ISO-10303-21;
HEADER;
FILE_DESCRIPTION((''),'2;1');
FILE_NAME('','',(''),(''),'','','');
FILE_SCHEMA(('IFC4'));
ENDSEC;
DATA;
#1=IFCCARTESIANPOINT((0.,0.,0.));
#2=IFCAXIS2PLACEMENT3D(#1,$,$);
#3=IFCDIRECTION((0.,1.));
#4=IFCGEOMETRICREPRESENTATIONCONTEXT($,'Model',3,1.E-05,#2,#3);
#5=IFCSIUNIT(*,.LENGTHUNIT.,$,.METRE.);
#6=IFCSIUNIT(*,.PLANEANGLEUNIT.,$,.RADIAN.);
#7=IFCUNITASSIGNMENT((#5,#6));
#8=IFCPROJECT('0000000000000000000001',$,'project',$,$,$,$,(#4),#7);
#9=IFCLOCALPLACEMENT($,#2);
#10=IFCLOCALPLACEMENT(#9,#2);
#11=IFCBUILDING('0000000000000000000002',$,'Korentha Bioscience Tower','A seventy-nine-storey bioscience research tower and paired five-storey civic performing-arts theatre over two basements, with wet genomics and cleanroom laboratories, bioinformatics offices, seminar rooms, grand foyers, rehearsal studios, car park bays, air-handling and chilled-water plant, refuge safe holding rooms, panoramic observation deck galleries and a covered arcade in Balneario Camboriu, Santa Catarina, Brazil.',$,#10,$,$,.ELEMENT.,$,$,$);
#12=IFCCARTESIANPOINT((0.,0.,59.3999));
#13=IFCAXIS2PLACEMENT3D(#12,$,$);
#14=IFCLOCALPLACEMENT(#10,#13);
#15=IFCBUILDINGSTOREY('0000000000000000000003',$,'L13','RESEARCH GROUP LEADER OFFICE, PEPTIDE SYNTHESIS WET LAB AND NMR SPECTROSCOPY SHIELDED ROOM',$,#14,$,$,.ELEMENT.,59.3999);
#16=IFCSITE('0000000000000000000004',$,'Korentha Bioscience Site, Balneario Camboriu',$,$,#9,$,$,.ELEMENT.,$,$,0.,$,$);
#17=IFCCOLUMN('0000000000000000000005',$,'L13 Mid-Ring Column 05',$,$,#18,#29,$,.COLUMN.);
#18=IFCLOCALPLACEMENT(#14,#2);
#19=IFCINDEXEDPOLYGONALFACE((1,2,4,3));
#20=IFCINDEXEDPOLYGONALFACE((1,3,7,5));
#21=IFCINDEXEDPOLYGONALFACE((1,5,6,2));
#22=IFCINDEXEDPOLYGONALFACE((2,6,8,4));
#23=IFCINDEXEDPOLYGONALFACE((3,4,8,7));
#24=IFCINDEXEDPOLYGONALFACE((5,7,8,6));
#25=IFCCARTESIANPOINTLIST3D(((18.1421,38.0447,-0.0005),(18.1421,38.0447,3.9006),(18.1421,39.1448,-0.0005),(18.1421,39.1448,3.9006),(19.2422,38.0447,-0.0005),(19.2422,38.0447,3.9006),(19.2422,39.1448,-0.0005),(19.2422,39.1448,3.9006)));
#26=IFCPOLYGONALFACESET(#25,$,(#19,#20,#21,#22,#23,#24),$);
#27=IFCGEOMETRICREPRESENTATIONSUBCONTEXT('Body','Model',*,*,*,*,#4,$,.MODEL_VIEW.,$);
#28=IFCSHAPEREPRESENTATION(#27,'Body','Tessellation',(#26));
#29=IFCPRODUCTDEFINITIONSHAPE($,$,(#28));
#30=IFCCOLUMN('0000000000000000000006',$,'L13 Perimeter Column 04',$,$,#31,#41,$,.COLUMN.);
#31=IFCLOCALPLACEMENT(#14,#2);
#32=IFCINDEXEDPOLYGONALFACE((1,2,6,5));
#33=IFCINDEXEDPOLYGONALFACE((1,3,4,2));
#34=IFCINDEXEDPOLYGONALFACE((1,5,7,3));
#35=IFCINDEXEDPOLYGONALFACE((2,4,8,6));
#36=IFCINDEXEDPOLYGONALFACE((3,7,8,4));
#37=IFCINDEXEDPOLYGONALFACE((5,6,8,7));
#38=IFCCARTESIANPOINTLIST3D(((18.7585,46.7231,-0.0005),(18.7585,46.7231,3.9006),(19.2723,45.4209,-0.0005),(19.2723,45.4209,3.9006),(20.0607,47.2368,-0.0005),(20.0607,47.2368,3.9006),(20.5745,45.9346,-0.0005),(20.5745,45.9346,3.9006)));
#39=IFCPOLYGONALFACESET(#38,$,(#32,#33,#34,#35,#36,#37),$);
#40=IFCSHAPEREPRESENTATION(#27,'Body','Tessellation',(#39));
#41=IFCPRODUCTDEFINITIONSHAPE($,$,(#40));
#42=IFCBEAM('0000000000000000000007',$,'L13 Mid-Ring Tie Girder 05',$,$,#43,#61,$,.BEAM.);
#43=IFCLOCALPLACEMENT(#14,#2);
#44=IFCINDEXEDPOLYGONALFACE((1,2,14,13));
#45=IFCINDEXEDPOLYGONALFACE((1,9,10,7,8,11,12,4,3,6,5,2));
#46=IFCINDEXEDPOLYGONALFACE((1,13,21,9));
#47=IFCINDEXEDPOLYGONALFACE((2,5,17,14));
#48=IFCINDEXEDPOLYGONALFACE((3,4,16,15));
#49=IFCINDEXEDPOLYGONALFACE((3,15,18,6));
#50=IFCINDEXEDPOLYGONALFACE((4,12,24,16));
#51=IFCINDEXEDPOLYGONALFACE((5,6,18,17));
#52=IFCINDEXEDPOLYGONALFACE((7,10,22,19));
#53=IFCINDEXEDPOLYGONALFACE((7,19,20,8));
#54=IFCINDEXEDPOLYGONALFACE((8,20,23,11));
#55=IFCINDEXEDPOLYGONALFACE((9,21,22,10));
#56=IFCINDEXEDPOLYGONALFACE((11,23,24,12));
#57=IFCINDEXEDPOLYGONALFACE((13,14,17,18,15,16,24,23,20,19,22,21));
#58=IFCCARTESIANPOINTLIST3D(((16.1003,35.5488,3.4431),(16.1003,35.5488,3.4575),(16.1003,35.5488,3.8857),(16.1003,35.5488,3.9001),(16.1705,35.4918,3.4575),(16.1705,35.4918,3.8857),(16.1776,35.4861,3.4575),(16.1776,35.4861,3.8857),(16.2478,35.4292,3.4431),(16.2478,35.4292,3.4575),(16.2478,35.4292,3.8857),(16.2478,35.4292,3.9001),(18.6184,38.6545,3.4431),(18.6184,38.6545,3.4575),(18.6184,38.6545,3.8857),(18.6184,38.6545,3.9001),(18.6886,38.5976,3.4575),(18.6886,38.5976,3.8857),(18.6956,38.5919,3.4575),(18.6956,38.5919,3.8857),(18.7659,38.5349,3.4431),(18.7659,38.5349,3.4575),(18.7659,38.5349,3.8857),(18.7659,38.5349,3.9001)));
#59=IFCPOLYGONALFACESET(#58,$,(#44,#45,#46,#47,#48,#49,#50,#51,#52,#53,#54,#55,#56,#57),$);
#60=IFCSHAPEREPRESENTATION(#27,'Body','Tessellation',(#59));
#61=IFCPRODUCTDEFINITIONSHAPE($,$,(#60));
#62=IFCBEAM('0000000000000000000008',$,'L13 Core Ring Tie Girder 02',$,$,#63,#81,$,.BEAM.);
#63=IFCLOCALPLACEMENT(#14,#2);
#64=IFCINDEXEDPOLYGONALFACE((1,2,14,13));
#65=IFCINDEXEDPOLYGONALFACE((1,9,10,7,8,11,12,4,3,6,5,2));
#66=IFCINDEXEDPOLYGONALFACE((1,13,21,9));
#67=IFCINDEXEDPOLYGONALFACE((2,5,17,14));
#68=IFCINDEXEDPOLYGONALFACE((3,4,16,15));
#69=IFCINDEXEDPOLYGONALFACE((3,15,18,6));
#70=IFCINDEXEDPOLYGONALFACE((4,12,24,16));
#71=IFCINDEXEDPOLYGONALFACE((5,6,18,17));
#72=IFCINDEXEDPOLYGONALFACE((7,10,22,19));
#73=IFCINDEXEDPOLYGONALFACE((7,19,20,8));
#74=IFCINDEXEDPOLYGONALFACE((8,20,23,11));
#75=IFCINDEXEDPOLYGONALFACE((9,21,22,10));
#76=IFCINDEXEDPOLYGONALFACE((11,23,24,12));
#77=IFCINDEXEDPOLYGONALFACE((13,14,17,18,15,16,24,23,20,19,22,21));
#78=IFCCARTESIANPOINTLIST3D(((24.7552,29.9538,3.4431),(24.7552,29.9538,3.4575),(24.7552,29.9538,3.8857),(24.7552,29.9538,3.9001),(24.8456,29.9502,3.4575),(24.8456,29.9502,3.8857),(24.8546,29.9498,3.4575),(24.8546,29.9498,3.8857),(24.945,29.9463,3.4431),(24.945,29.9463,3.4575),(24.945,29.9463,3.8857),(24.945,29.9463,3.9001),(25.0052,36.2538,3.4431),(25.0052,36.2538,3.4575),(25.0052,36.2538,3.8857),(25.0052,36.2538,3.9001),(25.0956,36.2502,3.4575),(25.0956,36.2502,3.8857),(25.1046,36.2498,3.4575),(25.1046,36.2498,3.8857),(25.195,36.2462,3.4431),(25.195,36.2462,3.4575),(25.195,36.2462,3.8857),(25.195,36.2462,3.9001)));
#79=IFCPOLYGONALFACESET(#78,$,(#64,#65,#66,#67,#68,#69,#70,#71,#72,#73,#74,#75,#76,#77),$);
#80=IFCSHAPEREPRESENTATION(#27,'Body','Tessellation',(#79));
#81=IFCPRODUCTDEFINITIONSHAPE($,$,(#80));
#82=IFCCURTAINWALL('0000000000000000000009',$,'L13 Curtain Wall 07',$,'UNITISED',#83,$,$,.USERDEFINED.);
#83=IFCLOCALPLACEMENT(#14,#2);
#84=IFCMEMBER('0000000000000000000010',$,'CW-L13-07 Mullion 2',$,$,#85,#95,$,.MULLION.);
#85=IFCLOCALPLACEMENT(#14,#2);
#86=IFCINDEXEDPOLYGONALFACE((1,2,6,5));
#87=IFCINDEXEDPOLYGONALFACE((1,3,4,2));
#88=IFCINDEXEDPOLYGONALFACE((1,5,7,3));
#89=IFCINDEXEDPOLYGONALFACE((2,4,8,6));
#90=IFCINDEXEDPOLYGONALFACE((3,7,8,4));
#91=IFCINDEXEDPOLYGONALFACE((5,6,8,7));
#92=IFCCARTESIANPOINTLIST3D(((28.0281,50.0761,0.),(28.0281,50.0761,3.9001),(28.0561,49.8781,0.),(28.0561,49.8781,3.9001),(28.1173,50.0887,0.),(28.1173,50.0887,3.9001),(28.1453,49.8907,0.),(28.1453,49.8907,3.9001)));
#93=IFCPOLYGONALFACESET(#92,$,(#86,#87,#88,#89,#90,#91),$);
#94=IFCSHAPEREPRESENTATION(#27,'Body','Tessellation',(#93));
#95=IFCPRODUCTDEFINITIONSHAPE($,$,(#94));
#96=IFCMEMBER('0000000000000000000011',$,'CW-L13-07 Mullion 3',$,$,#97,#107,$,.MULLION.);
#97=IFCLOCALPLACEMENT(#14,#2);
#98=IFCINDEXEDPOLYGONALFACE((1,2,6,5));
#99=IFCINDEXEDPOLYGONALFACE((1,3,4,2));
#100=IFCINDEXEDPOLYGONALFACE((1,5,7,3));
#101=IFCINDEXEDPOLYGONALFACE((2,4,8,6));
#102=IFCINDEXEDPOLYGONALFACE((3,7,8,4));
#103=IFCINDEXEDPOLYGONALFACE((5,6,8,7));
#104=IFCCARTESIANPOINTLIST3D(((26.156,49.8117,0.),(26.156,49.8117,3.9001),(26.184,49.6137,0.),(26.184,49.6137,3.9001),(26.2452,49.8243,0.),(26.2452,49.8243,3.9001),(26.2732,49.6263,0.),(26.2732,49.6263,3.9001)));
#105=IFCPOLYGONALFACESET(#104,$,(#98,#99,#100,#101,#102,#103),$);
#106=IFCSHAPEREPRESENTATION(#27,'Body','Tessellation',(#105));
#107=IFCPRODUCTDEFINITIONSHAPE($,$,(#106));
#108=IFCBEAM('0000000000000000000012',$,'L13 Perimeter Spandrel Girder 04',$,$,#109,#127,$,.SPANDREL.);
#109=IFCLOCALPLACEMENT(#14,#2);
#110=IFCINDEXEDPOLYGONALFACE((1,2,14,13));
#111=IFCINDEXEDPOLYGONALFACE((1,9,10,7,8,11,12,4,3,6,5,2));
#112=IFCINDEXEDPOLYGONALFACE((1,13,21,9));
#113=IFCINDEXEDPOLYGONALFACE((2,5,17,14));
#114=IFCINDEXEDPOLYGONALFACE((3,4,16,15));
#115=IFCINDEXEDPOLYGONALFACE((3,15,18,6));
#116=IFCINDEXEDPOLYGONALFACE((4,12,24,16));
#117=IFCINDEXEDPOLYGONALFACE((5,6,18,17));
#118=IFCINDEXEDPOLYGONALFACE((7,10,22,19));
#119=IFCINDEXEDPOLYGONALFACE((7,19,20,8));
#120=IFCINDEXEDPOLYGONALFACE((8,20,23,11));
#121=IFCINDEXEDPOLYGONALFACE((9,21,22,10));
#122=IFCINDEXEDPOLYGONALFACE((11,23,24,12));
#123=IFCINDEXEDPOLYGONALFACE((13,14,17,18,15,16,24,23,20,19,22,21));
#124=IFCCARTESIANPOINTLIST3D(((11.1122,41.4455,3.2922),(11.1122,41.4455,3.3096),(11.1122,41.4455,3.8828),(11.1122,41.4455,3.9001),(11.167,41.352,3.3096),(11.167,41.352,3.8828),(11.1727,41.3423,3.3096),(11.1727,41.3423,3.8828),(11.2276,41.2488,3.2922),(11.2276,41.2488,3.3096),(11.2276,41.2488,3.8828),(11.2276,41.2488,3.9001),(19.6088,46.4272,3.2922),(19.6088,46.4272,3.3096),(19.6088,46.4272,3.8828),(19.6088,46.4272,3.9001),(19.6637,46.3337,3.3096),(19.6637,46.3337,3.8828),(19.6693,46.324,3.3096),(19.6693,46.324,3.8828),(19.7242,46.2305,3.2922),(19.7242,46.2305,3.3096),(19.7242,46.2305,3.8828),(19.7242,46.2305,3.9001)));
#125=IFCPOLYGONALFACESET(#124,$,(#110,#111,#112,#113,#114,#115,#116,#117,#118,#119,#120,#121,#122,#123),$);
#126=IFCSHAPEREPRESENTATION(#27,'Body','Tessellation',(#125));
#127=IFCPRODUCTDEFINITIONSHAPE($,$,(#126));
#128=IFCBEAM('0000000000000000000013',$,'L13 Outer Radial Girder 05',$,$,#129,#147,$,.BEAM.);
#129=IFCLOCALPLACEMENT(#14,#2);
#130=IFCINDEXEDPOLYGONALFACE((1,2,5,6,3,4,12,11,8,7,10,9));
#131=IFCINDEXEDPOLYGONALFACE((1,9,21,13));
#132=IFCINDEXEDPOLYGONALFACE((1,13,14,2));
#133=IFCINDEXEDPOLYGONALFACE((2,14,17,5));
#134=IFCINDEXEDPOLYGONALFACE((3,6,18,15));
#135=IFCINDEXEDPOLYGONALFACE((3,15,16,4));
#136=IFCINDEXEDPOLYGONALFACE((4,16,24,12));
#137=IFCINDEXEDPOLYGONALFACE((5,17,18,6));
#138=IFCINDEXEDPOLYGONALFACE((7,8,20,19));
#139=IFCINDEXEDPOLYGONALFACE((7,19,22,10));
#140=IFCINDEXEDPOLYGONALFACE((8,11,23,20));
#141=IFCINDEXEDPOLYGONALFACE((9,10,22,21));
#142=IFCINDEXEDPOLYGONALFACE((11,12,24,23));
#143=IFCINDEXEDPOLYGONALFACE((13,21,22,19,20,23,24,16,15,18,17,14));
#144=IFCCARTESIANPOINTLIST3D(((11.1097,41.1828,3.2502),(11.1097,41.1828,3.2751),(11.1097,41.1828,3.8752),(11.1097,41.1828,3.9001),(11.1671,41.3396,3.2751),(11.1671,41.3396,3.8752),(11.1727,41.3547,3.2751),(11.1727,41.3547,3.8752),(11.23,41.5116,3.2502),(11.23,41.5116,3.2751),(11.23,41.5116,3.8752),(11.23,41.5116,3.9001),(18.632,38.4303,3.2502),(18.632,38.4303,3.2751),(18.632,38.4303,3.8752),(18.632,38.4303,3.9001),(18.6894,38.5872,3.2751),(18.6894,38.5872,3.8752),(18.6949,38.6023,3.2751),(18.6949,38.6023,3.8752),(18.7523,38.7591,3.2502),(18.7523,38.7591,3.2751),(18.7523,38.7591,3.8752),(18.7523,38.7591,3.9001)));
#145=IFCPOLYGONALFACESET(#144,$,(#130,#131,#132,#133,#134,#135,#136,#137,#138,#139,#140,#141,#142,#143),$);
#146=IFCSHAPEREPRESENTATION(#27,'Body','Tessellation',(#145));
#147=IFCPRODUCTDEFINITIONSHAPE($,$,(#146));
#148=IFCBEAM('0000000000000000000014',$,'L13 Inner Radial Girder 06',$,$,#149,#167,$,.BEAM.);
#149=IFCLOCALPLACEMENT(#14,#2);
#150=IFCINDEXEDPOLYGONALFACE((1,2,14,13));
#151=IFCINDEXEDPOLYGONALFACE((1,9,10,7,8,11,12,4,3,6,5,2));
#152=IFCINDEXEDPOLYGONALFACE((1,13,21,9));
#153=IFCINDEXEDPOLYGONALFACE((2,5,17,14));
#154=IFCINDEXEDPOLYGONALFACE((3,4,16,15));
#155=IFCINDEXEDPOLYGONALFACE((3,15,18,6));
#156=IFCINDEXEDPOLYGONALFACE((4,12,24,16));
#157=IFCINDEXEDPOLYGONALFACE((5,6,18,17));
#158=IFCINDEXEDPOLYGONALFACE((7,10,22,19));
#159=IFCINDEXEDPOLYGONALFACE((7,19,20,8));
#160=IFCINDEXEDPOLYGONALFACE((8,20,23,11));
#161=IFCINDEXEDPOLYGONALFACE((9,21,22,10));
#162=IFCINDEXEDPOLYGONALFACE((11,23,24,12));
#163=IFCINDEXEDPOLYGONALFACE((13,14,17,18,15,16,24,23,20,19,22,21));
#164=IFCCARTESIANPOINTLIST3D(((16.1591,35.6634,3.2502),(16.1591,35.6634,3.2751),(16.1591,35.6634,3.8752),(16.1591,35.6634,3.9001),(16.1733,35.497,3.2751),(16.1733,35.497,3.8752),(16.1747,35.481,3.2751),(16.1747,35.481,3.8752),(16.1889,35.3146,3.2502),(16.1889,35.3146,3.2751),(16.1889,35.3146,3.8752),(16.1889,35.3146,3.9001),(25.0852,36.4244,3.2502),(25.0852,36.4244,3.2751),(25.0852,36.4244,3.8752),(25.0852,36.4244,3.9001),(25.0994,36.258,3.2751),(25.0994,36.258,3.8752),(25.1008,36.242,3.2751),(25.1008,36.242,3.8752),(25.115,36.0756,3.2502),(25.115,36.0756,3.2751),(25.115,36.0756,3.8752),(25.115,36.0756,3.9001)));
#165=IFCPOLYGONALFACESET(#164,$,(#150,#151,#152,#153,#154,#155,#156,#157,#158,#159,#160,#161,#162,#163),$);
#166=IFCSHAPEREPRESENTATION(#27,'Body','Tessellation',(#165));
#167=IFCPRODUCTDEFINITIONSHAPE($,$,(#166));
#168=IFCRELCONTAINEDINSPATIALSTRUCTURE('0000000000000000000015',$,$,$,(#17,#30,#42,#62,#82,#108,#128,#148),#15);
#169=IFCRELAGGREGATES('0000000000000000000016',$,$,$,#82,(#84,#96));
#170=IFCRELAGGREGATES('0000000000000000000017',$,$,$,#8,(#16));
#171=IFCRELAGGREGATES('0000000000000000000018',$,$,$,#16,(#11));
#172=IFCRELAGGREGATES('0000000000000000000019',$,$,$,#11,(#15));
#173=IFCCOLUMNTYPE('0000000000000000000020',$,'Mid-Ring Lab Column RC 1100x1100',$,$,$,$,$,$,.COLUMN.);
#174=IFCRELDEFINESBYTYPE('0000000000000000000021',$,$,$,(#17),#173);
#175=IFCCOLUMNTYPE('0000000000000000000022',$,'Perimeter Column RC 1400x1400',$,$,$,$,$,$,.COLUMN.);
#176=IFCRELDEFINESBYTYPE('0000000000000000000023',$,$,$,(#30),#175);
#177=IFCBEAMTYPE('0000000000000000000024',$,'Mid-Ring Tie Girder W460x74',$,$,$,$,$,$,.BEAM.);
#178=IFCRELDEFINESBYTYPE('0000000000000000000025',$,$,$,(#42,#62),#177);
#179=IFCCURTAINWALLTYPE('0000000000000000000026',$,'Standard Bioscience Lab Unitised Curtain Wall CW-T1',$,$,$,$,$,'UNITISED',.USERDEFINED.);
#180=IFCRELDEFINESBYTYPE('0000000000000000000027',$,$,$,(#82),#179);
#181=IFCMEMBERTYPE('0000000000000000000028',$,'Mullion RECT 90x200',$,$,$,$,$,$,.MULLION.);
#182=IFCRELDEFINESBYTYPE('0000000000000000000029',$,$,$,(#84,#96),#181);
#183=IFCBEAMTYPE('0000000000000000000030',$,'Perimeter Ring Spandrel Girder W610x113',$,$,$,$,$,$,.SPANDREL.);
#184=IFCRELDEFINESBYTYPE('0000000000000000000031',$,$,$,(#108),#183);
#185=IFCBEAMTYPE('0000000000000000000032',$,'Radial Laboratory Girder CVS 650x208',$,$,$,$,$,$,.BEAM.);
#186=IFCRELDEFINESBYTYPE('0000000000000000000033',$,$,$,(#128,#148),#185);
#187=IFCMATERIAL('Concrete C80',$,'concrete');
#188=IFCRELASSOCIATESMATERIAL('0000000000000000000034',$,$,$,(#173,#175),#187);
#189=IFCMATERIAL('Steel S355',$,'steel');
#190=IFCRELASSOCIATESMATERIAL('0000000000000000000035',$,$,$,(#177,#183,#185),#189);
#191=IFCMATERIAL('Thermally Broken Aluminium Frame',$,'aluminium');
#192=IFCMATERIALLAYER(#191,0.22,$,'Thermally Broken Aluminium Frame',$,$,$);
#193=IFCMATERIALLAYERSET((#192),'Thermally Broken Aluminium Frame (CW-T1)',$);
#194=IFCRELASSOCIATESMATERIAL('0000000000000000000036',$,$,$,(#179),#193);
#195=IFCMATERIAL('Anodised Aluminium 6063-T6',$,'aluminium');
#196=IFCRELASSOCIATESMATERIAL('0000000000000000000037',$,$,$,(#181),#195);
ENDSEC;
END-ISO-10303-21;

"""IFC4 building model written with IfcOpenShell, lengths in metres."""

from ifc_helpers import new_model, si_unit, direction, frame, origin, origin_2d, place, context, subcontext, project, spatial, rectangle, i_section, extrude, material, layer, layer_set, material_profile, profile_set, type_object, element, aggregate, save


model = new_model("IFC4")

# Units and contexts
model_context = context("Model", 3, precision=1e-05, world=origin(), true_north=direction((0.0, 1.0)))
body_context = subcontext(model_context, "Body", "Model", "MODEL_VIEW")
ifc_project = project(units=[si_unit("LENGTHUNIT", "METRE"), si_unit("PLANEANGLEUNIT", "RADIAN")], contexts=[model_context])

# Site, building, storey
site_placement = place(None, origin())
site = spatial("IfcSite", under=ifc_project, at=site_placement, Name="Korentha Bioscience Site, Balneario Camboriu", CompositionType="ELEMENT", RefElevation=0.0)
building_placement = place(site_placement, origin())
building = spatial("IfcBuilding", under=site, at=building_placement, Name="Korentha Bioscience Tower", Description="A seventy-nine-storey bioscience research tower and paired five-storey civic performing-arts theatre over two basements, with wet genomics and cleanroom laboratories, bioinformatics offices, seminar rooms, grand foyers, rehearsal studios, car park bays, air-handling and chilled-water plant, refuge safe holding rooms, panoramic observation deck galleries and a covered arcade in Balneario Camboriu, Santa Catarina, Brazil.", CompositionType="ELEMENT")
storey_placement = place(building_placement, frame((0.0, 0.0, 59.3999)))
storey = spatial("IfcBuildingStorey", under=building, at=storey_placement, Name="L13", Description="RESEARCH GROUP LEADER OFFICE, PEPTIDE SYNTHESIS WET LAB AND NMR SPECTROSCOPY SHIELDED ROOM", CompositionType="ELEMENT", Elevation=59.3999)

# Columns
ifc_material_1 = material(Name="Concrete C80", Category="concrete")
ifc_material_profile_1 = material_profile(ifc_material_1, rectangle(XDim=1.1001, YDim=1.1001, at=origin_2d()), Name="Concrete C80")
ifc_profile_set_1 = profile_set([ifc_material_profile_1], Name="Concrete C80 (COL-MR11)")
column_type_1 = type_object("IfcColumnType", Name="Mid-Ring Lab Column RC 1100x1100", PredefinedType="COLUMN", material=ifc_profile_set_1)
column_1_placement = place(storey_placement, frame((18.6921, 38.5947, -0.0005), z_axis=(0.0, 0.0, 1.0), x_axis=(1.0, 0.0, 0.0)))
element("IfcColumn", 1, at=column_1_placement, inside=storey, type_object=column_type_1, Name="L13 Mid-Ring Column 05", PredefinedType="COLUMN", context=body_context, shape_type="SweptSolid", body=[
    extrude(rectangle(XDim=1.1001, YDim=1.1001, at=origin_2d()), origin(), (0.0, 0.0, 1.0), 3.9011),
])
ifc_material_profile_2 = material_profile(ifc_material_1, rectangle(XDim=1.3999, YDim=1.3999, at=origin_2d()), Name="Concrete C80")
ifc_profile_set_2 = profile_set([ifc_material_profile_2], Name="Concrete C80 (COL-P14)")
column_type_2 = type_object("IfcColumnType", Name="Perimeter Column RC 1400x1400", PredefinedType="COLUMN", material=ifc_profile_set_2)
column_2_placement = place(storey_placement, frame((19.6665, 46.3289, -0.0005), z_axis=(0.0, 0.0, 1.0), x_axis=(0.930226, 0.366988, 0.0)))
element("IfcColumn", 2, at=column_2_placement, inside=storey, type_object=column_type_2, Name="L13 Perimeter Column 04", PredefinedType="COLUMN", context=body_context, shape_type="SweptSolid", body=[
    extrude(rectangle(XDim=1.3999, YDim=1.3999, at=origin_2d()), origin(), (0.0, 0.0, 1.0), 3.9011),
])

# Beams
ifc_material_2 = material(Name="Steel S355", Category="steel")
ifc_material_profile_3 = material_profile(ifc_material_2, i_section(OverallWidth=0.1899, OverallDepth=0.457, WebThickness=0.009, FlangeThickness=0.0144, at=origin_2d()), Name="Steel S355")
ifc_profile_set_3 = profile_set([ifc_material_profile_3], Name="Steel S355 (MB-460)")
beam_type_1 = type_object("IfcBeamType", Name="Mid-Ring Tie Girder W460x74", PredefinedType="BEAM", material=ifc_profile_set_3)
beam_1_placement = place(storey_placement, frame((18.6921, 38.5947, 3.6716), z_axis=(-0.62979, -0.776765, 0.0), x_axis=(0.776765, -0.62979, 0.0)))
element("IfcBeam", 3, at=beam_1_placement, inside=storey, type_object=beam_type_1, Name="L13 Mid-Ring Tie Girder 05", PredefinedType="BEAM", context=body_context, shape_type="SweptSolid", body=[
    extrude(i_section(OverallWidth=0.1899, OverallDepth=0.457, WebThickness=0.009, FlangeThickness=0.0144, at=origin_2d()), origin(), (0.0, 0.0, 1.0), 3.9983),
])
beam_2_placement = place(storey_placement, frame((25.1001, 36.25, 3.6716), z_axis=(-0.039651, -0.999214, 0.0), x_axis=(0.999214, -0.039651, 0.0)))
element("IfcBeam", 4, at=beam_2_placement, inside=storey, type_object=beam_type_1, Name="L13 Core Ring Tie Girder 02", PredefinedType="BEAM", context=body_context, shape_type="SweptSolid", body=[
    extrude(i_section(OverallWidth=0.1899, OverallDepth=0.457, WebThickness=0.009, FlangeThickness=0.0144, at=origin_2d()), origin(), (0.0, 0.0, 1.0), 6.3049),
])

# Curtain wall, members
ifc_material_3 = material(Name="Thermally Broken Aluminium Frame", Category="aluminium")
ifc_layer_1 = layer(ifc_material_3, 0.22, Name="Thermally Broken Aluminium Frame")
ifc_layer_set_1 = layer_set([ifc_layer_1], Name="Thermally Broken Aluminium Frame (CW-T1)")
curtain_wall_type = type_object("IfcCurtainWallType", Name="Standard Bioscience Lab Unitised Curtain Wall CW-T1", ElementType="UNITISED", PredefinedType="USERDEFINED", material=ifc_layer_set_1)
curtain_wall_placement = place(storey_placement, origin())
curtain_wall = element("IfcCurtainWall", 5, at=curtain_wall_placement, inside=storey, type_object=curtain_wall_type, Name="L13 Curtain Wall 07", ObjectType="UNITISED", PredefinedType="USERDEFINED")
ifc_material_4 = material(Name="Anodised Aluminium 6063-T6", Category="aluminium")
ifc_material_profile_4 = material_profile(ifc_material_4, rectangle(XDim=0.0901, YDim=0.2, at=origin_2d()), Name="Anodised Aluminium 6063-T6")
ifc_profile_set_4 = profile_set([ifc_material_profile_4], Name="Anodised Aluminium 6063-T6 (CW-MUL)")
member_type_1 = type_object("IfcMemberType", Name="Mullion RECT 90x200", PredefinedType="MULLION", material=ifc_profile_set_4)
member_1_placement = place(storey_placement, frame((28.0867, 49.9834, 0.0), z_axis=(0.0, 0.0, 1.0), x_axis=(-0.990167, -0.139888, 0.0)))
member_1 = element("IfcMember", 6, at=member_1_placement, type_object=member_type_1, Name="CW-L13-07 Mullion 2", PredefinedType="MULLION", context=body_context, shape_type="SweptSolid", body=[
    extrude(rectangle(XDim=0.0901, YDim=0.2, at=origin_2d()), origin(), (0.0, 0.0, 1.0), 3.9001),
])
member_2_placement = place(storey_placement, frame((26.2146, 49.719, 0.0), z_axis=(0.0, 0.0, 1.0), x_axis=(-0.990167, -0.139888, 0.0)))
member_2 = element("IfcMember", 7, at=member_2_placement, type_object=member_type_1, Name="CW-L13-07 Mullion 3", PredefinedType="MULLION", context=body_context, shape_type="SweptSolid", body=[
    extrude(rectangle(XDim=0.0901, YDim=0.2, at=origin_2d()), origin(), (0.0, 0.0, 1.0), 3.9001),
])

# Beams
ifc_material_profile_5 = material_profile(ifc_material_2, i_section(OverallWidth=0.228, OverallDepth=0.6079, WebThickness=0.0112, FlangeThickness=0.0173, at=origin_2d()), Name="Steel S355")
ifc_profile_set_5 = profile_set([ifc_material_profile_5], Name="Steel S355 (SB-610)")
beam_type_2 = type_object("IfcBeamType", Name="Perimeter Ring Spandrel Girder W610x113", PredefinedType="SPANDREL", material=ifc_profile_set_5)
beam_3_placement = place(storey_placement, frame((19.6665, 46.3289, 3.5962), z_axis=(-0.862657, -0.50579, 0.0), x_axis=(0.50579, -0.862657, 0.0)))
element("IfcBeam", 8, at=beam_3_placement, inside=storey, type_object=beam_type_2, Name="L13 Perimeter Spandrel Girder 04", PredefinedType="SPANDREL", context=body_context, shape_type="SweptSolid", body=[
    extrude(i_section(OverallWidth=0.228, OverallDepth=0.6079, WebThickness=0.0112, FlangeThickness=0.0173, at=origin_2d()), origin(), (0.0, 0.0, 1.0), 9.8494),
])
ifc_material_profile_6 = material_profile(ifc_material_2, i_section(OverallWidth=0.3501, OverallDepth=0.6499, WebThickness=0.0161, FlangeThickness=0.0249, at=origin_2d()), Name="Steel S355")
ifc_profile_set_6 = profile_set([ifc_material_profile_6], Name="Steel S355 (RB-650)")
beam_type_3 = type_object("IfcBeamType", Name="Radial Laboratory Girder CVS 650x208", PredefinedType="BEAM", material=ifc_profile_set_6)
beam_4_placement = place(storey_placement, frame((18.6921, 38.5947, 3.5752), z_axis=(-0.939106, 0.343627, 0.0), x_axis=(-0.343627, -0.939106, 0.0)))
element("IfcBeam", 9, at=beam_4_placement, inside=storey, type_object=beam_type_3, Name="L13 Outer Radial Girder 05", PredefinedType="BEAM", context=body_context, shape_type="SweptSolid", body=[
    extrude(i_section(OverallWidth=0.3501, OverallDepth=0.6499, WebThickness=0.0161, FlangeThickness=0.0249, at=origin_2d()), origin(), (0.0, 0.0, 1.0), 8.01),
])
beam_5_placement = place(storey_placement, frame((25.1001, 36.25, 3.5752), z_axis=(-0.996386, -0.084947, 0.0), x_axis=(0.084947, -0.996386, 0.0)))
element("IfcBeam", 10, at=beam_5_placement, inside=storey, type_object=beam_type_3, Name="L13 Inner Radial Girder 06", PredefinedType="BEAM", context=body_context, shape_type="SweptSolid", body=[
    extrude(i_section(OverallWidth=0.3501, OverallDepth=0.6499, WebThickness=0.0161, FlangeThickness=0.0249, at=origin_2d()), origin(), (0.0, 0.0, 1.0), 8.9585),
])

aggregate(curtain_wall, [member_1, member_2])

save(model, "model.ifc")
